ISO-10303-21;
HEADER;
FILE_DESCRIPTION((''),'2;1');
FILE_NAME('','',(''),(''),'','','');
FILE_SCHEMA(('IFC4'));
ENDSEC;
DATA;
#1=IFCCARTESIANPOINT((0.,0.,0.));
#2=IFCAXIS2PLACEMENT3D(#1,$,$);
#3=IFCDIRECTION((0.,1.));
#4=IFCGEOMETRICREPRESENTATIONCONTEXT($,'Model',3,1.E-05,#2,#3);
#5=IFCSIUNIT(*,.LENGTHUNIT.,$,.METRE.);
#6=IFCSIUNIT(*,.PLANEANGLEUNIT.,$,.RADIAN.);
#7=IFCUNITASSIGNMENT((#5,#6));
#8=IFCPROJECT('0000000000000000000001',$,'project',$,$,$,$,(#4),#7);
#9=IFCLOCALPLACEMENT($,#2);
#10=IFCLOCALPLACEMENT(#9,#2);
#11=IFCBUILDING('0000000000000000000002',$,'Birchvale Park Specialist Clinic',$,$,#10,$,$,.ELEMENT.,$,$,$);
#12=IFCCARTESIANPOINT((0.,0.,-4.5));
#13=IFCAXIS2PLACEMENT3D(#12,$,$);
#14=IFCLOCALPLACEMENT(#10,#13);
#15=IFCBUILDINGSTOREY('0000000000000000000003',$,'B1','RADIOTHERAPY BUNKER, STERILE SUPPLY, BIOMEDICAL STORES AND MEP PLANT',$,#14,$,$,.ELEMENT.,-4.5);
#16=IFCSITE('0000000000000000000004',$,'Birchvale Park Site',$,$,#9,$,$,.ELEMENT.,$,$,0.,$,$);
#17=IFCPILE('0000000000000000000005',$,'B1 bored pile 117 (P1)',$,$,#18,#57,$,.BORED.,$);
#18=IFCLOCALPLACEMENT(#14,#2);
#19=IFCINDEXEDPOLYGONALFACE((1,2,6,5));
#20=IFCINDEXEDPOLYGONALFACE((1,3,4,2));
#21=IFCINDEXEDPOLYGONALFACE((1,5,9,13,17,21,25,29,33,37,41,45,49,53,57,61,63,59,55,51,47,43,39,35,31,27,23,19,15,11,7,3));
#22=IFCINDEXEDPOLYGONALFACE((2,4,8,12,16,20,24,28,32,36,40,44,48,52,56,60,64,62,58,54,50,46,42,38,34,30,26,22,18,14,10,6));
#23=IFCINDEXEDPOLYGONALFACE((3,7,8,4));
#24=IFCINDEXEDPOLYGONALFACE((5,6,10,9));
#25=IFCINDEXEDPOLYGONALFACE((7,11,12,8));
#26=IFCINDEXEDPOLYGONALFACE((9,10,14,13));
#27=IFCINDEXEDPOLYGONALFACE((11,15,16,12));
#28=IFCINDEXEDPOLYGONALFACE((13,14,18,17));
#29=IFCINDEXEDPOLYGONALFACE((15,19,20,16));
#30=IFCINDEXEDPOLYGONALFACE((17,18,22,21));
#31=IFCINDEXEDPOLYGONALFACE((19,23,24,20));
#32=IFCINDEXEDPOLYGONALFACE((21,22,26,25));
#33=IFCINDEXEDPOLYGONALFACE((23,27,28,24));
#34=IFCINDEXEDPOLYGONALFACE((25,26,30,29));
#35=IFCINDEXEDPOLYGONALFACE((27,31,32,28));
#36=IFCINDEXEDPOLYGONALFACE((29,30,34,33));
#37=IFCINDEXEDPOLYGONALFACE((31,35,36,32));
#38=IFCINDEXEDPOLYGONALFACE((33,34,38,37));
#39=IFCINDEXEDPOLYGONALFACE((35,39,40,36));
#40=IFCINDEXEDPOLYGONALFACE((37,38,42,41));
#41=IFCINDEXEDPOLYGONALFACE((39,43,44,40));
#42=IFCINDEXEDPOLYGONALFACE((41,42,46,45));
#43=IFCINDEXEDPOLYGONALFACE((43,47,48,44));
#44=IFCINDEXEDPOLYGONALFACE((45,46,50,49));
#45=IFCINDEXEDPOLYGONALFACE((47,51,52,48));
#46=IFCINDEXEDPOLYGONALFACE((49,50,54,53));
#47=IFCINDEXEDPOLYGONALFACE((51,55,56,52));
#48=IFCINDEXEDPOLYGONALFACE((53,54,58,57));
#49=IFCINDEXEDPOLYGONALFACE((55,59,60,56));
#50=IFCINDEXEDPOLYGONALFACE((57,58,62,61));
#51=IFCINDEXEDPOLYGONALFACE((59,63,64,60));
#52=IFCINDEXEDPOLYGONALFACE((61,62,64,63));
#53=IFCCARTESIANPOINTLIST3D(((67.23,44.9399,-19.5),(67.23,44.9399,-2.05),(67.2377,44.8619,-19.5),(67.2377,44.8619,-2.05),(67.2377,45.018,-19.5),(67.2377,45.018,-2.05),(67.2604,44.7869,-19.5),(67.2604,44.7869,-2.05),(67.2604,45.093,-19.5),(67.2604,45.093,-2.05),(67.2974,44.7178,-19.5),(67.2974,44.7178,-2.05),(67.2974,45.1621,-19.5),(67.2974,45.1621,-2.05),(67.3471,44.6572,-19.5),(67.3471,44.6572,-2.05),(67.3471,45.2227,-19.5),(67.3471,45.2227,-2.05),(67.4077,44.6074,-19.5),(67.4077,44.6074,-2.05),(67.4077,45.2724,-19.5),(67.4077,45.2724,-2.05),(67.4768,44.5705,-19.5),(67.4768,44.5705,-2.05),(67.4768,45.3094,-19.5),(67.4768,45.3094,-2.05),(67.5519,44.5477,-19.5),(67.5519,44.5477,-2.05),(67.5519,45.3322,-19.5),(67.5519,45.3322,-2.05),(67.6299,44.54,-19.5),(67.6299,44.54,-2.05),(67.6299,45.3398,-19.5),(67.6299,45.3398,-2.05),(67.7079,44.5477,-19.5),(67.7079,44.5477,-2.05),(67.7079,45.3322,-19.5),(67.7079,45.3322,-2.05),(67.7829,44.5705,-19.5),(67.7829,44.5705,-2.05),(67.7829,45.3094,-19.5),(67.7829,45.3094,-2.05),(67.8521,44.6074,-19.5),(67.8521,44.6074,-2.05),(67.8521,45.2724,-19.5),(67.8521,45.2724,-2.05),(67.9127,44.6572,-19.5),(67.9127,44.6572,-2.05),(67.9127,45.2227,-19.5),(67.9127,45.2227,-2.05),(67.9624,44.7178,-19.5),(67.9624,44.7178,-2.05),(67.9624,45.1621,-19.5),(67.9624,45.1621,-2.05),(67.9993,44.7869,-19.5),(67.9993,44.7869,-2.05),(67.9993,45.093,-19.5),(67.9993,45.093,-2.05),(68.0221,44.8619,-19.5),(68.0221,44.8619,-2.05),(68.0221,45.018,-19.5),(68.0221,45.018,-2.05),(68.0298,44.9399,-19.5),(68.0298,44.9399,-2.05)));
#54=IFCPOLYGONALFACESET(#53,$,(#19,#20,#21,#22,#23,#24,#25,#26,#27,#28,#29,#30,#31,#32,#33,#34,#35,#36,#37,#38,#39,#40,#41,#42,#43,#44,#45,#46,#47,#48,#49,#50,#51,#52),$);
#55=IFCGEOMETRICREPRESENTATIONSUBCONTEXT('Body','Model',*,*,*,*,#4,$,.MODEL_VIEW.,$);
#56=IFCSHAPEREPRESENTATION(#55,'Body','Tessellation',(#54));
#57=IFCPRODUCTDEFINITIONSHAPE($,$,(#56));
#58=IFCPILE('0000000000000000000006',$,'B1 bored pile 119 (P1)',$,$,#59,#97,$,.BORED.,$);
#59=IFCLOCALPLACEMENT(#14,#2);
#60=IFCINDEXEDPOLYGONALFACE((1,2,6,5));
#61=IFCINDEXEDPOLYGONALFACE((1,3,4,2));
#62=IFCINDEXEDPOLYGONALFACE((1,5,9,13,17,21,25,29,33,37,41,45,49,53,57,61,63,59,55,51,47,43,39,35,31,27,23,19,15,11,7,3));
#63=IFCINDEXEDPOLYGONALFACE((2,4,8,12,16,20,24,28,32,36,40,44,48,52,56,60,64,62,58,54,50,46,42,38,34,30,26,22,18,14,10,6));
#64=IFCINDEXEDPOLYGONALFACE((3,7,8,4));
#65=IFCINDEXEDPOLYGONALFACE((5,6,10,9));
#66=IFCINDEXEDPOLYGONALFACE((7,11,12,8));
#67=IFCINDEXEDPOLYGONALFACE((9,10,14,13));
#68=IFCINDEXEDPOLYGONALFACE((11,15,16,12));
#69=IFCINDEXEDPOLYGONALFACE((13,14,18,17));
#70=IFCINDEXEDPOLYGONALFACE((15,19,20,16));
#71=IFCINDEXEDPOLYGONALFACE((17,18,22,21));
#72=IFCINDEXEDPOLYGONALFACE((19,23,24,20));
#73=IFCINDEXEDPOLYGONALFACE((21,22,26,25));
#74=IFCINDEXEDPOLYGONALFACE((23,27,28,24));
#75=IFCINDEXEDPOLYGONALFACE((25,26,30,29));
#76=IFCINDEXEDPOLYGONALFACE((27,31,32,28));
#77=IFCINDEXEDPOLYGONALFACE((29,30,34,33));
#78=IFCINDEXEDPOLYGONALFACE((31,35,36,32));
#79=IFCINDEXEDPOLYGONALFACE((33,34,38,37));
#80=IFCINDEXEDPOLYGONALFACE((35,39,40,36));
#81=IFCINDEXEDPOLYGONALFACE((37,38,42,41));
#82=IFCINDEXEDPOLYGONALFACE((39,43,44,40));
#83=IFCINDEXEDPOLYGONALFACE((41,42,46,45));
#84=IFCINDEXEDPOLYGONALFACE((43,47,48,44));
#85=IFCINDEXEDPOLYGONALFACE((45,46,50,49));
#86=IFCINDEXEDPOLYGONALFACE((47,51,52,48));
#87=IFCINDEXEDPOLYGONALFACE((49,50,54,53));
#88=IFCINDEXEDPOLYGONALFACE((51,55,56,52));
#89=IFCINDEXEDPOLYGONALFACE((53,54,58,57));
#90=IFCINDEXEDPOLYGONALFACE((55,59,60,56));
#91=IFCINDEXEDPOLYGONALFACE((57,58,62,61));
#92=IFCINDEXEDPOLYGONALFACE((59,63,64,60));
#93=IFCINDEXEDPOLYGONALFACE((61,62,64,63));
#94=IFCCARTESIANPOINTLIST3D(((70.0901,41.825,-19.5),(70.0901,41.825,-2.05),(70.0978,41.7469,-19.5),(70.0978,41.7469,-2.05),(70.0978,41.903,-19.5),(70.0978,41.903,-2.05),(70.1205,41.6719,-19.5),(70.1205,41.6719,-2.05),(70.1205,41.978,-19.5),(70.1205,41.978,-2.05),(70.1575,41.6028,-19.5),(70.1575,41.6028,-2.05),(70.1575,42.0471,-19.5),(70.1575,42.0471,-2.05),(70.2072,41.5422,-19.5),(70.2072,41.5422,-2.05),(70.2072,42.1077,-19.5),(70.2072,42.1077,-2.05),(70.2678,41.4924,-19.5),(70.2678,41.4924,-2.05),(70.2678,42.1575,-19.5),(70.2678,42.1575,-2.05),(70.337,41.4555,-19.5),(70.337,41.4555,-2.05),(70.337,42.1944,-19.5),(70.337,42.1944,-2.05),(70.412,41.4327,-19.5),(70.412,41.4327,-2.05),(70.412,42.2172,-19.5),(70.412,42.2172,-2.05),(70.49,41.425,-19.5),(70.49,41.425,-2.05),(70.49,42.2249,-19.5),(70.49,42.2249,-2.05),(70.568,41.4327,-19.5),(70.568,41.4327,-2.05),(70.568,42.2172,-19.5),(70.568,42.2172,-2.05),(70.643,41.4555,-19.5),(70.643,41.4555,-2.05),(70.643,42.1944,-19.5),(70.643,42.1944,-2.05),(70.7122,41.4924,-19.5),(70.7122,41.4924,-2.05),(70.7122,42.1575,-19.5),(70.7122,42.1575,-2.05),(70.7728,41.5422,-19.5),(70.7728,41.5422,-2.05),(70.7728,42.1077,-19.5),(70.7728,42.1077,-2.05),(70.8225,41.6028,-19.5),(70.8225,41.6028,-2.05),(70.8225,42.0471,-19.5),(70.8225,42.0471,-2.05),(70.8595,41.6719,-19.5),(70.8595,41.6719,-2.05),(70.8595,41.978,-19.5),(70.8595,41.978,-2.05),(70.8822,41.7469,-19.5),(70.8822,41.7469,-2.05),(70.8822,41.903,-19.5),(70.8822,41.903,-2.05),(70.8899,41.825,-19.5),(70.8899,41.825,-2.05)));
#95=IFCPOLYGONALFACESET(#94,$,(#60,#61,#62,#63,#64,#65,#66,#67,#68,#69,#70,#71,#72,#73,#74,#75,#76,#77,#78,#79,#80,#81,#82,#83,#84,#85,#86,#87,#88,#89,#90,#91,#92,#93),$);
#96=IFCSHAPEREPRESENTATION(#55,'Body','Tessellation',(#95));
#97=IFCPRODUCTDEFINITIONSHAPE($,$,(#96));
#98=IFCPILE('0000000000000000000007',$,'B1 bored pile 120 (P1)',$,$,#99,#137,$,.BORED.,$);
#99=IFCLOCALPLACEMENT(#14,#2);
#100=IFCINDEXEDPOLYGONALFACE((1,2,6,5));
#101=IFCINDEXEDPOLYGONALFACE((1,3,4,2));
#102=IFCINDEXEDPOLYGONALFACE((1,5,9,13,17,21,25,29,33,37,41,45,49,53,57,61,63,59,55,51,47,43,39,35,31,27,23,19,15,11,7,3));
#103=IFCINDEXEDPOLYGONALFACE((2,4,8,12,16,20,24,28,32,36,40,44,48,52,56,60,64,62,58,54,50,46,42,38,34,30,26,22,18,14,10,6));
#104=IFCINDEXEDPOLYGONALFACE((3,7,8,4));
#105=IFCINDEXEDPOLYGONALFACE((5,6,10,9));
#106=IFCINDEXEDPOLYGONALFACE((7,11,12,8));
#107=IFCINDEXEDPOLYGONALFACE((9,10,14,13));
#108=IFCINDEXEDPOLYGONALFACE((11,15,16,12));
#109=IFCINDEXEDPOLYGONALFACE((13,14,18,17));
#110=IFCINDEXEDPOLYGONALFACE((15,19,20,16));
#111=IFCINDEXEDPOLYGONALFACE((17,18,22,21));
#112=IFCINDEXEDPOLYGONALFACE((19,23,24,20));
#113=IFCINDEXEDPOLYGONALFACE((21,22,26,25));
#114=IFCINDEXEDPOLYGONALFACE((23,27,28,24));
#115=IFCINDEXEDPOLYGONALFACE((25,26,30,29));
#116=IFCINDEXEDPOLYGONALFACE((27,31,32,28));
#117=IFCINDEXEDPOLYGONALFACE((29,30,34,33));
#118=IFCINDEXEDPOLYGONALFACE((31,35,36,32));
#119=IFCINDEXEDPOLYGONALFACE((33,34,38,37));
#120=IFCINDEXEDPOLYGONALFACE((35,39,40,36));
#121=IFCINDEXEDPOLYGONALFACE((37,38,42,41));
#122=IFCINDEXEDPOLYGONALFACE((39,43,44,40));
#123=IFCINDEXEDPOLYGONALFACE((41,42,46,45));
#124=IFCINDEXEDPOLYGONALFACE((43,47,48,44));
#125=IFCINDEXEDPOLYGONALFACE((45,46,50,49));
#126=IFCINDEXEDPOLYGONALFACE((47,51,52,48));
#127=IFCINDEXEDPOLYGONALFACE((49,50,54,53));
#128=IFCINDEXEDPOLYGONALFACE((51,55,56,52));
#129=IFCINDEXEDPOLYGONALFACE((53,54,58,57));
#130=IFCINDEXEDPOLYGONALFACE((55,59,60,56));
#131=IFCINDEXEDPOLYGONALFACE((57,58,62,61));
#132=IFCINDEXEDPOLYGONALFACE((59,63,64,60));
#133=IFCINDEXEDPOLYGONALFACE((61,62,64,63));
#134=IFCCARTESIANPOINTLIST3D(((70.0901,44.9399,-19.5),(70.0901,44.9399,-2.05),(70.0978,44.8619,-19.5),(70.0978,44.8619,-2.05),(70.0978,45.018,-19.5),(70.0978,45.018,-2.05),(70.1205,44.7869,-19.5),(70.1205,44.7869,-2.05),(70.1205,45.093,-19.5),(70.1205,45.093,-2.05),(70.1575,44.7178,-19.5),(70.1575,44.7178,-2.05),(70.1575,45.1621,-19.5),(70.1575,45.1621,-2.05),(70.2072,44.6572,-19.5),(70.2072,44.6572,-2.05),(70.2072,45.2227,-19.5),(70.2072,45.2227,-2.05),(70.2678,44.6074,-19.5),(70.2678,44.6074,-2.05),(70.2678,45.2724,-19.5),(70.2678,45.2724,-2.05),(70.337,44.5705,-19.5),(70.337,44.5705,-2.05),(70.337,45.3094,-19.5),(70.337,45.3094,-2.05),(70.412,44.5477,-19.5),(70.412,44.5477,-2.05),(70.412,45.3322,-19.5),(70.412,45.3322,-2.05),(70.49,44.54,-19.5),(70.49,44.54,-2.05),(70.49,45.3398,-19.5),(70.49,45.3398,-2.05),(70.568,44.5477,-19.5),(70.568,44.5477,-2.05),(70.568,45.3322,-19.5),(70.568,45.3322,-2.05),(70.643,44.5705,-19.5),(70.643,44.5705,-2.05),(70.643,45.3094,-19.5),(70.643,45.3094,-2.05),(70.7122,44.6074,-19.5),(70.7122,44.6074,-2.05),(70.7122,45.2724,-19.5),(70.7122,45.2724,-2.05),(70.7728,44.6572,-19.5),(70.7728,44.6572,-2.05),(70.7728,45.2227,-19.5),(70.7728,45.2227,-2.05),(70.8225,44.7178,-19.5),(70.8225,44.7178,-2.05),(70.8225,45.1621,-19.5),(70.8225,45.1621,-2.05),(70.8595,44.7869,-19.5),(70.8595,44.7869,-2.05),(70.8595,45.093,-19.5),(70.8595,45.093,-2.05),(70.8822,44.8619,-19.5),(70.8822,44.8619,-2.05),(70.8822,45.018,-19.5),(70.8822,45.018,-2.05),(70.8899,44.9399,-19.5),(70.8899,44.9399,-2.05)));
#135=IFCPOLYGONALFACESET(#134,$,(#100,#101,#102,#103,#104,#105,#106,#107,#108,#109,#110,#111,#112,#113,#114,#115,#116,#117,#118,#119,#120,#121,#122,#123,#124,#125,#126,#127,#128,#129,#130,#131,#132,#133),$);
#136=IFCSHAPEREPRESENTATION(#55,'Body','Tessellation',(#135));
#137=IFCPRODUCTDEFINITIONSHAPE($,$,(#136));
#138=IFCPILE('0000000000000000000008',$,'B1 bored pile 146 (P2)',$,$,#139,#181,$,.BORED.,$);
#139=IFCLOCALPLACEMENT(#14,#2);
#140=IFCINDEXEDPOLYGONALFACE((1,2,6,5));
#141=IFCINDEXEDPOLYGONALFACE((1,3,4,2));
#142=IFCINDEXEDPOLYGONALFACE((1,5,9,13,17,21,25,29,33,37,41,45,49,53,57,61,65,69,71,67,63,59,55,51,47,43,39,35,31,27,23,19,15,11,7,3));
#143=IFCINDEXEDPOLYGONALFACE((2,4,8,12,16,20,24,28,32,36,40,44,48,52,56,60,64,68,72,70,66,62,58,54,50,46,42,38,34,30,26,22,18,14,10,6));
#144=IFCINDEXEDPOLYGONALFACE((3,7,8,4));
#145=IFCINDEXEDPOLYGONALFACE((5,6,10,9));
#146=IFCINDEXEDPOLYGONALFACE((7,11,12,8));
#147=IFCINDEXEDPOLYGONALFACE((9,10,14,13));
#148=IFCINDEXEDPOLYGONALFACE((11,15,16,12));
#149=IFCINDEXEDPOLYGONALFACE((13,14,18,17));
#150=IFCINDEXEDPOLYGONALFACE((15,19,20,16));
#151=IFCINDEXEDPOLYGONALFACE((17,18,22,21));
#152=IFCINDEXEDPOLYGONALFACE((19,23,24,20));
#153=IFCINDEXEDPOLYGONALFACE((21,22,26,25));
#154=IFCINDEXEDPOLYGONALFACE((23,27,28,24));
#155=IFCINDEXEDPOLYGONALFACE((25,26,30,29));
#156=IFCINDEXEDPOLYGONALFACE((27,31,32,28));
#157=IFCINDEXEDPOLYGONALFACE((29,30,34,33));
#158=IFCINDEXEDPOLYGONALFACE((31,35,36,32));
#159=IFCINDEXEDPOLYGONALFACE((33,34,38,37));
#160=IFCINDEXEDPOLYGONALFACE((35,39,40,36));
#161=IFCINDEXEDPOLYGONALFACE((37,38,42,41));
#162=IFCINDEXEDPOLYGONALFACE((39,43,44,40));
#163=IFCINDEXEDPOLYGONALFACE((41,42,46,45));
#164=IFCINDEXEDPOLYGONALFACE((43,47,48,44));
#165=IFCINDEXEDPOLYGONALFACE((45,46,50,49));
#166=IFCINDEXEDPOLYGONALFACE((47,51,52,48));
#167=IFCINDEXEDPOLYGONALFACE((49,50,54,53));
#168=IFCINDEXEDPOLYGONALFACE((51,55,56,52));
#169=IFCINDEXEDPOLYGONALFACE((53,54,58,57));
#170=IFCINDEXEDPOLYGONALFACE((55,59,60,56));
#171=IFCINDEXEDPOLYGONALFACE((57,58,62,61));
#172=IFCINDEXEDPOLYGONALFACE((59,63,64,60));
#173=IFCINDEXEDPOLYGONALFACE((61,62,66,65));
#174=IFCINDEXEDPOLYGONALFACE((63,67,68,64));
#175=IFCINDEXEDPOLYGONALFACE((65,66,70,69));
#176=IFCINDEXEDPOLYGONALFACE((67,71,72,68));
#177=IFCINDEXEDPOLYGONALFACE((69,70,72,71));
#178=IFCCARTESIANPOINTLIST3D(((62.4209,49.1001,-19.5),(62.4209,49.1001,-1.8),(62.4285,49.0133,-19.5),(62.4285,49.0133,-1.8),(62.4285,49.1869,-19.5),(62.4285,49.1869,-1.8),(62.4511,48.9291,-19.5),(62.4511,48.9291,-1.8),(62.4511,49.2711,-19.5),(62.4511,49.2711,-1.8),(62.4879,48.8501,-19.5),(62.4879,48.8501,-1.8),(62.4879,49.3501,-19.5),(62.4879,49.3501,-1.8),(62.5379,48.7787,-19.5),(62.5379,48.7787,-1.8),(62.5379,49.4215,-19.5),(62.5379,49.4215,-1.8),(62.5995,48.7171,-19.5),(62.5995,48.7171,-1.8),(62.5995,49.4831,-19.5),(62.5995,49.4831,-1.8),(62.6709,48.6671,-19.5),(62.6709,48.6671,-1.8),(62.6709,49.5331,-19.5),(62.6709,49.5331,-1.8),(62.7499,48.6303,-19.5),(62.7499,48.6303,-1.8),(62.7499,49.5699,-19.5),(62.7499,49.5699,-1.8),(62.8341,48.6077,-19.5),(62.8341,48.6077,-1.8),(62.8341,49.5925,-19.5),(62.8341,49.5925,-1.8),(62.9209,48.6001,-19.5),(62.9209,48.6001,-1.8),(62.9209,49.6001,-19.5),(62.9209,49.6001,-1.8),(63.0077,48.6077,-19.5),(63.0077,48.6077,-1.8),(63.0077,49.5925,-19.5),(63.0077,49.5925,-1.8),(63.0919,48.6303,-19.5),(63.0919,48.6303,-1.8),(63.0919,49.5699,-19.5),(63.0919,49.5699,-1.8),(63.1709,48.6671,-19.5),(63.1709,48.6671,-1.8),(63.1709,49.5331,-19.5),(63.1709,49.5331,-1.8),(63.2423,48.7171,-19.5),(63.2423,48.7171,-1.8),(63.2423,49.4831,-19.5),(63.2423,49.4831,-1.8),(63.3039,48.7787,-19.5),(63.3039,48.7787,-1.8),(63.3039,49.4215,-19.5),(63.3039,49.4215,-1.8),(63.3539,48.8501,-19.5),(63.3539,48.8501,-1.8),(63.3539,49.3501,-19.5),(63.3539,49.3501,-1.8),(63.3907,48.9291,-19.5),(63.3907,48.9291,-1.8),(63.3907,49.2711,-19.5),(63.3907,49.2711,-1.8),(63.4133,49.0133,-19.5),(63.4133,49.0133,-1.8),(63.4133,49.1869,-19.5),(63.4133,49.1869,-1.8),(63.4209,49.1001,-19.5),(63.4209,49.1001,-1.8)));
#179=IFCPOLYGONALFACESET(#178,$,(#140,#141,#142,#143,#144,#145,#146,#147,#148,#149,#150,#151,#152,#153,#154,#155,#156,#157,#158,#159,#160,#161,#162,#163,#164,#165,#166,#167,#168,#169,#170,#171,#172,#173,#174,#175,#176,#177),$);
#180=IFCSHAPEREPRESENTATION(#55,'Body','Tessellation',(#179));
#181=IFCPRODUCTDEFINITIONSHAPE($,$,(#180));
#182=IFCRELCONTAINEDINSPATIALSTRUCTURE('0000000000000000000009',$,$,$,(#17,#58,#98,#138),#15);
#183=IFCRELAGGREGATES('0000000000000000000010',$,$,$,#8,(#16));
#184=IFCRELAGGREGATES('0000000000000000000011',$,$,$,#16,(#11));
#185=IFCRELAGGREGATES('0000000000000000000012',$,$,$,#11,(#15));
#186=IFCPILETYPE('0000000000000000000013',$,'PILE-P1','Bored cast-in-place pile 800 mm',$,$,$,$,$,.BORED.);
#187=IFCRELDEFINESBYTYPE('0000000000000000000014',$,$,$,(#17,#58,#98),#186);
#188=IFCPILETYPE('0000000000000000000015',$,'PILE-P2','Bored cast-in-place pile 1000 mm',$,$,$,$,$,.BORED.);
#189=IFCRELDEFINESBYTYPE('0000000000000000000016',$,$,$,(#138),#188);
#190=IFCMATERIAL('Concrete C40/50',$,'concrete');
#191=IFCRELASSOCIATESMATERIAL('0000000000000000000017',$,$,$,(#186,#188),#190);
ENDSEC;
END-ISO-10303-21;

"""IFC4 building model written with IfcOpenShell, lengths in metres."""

from ifc_helpers import new_model, si_unit, direction, frame, origin, origin_2d, place, context, subcontext, project, spatial, circle, extrude, material, material_profile, profile_set, type_object, element, save


model = new_model("IFC4")

# Units and contexts
model_context = context("Model", 3, precision=1e-05, world=origin(), true_north=direction((0.0, 1.0)))
body_context = subcontext(model_context, "Body", "Model", "MODEL_VIEW")
ifc_project = project(units=[si_unit("LENGTHUNIT", "METRE"), si_unit("PLANEANGLEUNIT", "RADIAN")], contexts=[model_context])

# Site, building, storey
site_placement = place(None, origin())
site = spatial("IfcSite", under=ifc_project, at=site_placement, Name="Birchvale Park Site", CompositionType="ELEMENT", RefElevation=0.0)
building_placement = place(site_placement, origin())
building = spatial("IfcBuilding", under=site, at=building_placement, Name="Birchvale Park Specialist Clinic", CompositionType="ELEMENT")
storey_placement = place(building_placement, frame((0.0, 0.0, -4.5)))
storey = spatial("IfcBuildingStorey", under=building, at=storey_placement, Name="B1", Description="RADIOTHERAPY BUNKER, STERILE SUPPLY, BIOMEDICAL STORES AND MEP PLANT", CompositionType="ELEMENT", Elevation=-4.5)

# Shared definitions
ifc_material_1 = material(Name="Concrete C40/50", Category="concrete")

# Piles
ifc_material_profile_1 = material_profile(ifc_material_1, circle(Radius=0.3999, at=origin_2d()), Name="PILE-800")
ifc_profile_set_1 = profile_set([ifc_material_profile_1], Name="Concrete C40/50")
pile_type_1 = type_object("IfcPileType", Name="PILE-P1", Description="Bored cast-in-place pile 800 mm", PredefinedType="BORED", material=ifc_profile_set_1)
for number, where, z_axis, x_axis, name in (
    (1, (67.6299, 44.9399, -2.05), (0.0, 0.0, -1.0), (1.0, 0.0, 0.0), "B1 bored pile 117 (P1)"),
    (2, (70.49, 41.825, -2.05), (0.0, 0.0, -1.0), (1.0, 0.0, 0.0), "B1 bored pile 119 (P1)"),
    (3, (70.49, 44.9399, -2.05), (0.0, 0.0, -1.0), (1.0, 0.0, 0.0), "B1 bored pile 120 (P1)"),
):
    element("IfcPile", number, at=place(storey_placement, frame(where, z_axis=z_axis, x_axis=x_axis)), inside=storey, type_object=pile_type_1, Name=name, PredefinedType="BORED", context=body_context, shape_type="SweptSolid", body=[
        extrude(circle(Radius=0.3999, at=origin_2d()), origin(), (0.0, 0.0, 1.0), 17.45),
    ])
ifc_material_profile_2 = material_profile(ifc_material_1, circle(Radius=0.5, at=origin_2d()), Name="PILE-1000")
ifc_profile_set_2 = profile_set([ifc_material_profile_2], Name="Concrete C40/50")
pile_type_2 = type_object("IfcPileType", Name="PILE-P2", Description="Bored cast-in-place pile 1000 mm", PredefinedType="BORED", material=ifc_profile_set_2)
pile_1_placement = place(storey_placement, frame((62.9209, 49.1001, -1.8), z_axis=(0.0, 0.0, -1.0), x_axis=(1.0, 0.0, 0.0)))
element("IfcPile", 4, at=pile_1_placement, inside=storey, type_object=pile_type_2, Name="B1 bored pile 146 (P2)", PredefinedType="BORED", context=body_context, shape_type="SweptSolid", body=[
    extrude(circle(Radius=0.5, at=origin_2d()), origin(), (0.0, 0.0, 1.0), 17.7),
])

save(model, "model.ifc")
